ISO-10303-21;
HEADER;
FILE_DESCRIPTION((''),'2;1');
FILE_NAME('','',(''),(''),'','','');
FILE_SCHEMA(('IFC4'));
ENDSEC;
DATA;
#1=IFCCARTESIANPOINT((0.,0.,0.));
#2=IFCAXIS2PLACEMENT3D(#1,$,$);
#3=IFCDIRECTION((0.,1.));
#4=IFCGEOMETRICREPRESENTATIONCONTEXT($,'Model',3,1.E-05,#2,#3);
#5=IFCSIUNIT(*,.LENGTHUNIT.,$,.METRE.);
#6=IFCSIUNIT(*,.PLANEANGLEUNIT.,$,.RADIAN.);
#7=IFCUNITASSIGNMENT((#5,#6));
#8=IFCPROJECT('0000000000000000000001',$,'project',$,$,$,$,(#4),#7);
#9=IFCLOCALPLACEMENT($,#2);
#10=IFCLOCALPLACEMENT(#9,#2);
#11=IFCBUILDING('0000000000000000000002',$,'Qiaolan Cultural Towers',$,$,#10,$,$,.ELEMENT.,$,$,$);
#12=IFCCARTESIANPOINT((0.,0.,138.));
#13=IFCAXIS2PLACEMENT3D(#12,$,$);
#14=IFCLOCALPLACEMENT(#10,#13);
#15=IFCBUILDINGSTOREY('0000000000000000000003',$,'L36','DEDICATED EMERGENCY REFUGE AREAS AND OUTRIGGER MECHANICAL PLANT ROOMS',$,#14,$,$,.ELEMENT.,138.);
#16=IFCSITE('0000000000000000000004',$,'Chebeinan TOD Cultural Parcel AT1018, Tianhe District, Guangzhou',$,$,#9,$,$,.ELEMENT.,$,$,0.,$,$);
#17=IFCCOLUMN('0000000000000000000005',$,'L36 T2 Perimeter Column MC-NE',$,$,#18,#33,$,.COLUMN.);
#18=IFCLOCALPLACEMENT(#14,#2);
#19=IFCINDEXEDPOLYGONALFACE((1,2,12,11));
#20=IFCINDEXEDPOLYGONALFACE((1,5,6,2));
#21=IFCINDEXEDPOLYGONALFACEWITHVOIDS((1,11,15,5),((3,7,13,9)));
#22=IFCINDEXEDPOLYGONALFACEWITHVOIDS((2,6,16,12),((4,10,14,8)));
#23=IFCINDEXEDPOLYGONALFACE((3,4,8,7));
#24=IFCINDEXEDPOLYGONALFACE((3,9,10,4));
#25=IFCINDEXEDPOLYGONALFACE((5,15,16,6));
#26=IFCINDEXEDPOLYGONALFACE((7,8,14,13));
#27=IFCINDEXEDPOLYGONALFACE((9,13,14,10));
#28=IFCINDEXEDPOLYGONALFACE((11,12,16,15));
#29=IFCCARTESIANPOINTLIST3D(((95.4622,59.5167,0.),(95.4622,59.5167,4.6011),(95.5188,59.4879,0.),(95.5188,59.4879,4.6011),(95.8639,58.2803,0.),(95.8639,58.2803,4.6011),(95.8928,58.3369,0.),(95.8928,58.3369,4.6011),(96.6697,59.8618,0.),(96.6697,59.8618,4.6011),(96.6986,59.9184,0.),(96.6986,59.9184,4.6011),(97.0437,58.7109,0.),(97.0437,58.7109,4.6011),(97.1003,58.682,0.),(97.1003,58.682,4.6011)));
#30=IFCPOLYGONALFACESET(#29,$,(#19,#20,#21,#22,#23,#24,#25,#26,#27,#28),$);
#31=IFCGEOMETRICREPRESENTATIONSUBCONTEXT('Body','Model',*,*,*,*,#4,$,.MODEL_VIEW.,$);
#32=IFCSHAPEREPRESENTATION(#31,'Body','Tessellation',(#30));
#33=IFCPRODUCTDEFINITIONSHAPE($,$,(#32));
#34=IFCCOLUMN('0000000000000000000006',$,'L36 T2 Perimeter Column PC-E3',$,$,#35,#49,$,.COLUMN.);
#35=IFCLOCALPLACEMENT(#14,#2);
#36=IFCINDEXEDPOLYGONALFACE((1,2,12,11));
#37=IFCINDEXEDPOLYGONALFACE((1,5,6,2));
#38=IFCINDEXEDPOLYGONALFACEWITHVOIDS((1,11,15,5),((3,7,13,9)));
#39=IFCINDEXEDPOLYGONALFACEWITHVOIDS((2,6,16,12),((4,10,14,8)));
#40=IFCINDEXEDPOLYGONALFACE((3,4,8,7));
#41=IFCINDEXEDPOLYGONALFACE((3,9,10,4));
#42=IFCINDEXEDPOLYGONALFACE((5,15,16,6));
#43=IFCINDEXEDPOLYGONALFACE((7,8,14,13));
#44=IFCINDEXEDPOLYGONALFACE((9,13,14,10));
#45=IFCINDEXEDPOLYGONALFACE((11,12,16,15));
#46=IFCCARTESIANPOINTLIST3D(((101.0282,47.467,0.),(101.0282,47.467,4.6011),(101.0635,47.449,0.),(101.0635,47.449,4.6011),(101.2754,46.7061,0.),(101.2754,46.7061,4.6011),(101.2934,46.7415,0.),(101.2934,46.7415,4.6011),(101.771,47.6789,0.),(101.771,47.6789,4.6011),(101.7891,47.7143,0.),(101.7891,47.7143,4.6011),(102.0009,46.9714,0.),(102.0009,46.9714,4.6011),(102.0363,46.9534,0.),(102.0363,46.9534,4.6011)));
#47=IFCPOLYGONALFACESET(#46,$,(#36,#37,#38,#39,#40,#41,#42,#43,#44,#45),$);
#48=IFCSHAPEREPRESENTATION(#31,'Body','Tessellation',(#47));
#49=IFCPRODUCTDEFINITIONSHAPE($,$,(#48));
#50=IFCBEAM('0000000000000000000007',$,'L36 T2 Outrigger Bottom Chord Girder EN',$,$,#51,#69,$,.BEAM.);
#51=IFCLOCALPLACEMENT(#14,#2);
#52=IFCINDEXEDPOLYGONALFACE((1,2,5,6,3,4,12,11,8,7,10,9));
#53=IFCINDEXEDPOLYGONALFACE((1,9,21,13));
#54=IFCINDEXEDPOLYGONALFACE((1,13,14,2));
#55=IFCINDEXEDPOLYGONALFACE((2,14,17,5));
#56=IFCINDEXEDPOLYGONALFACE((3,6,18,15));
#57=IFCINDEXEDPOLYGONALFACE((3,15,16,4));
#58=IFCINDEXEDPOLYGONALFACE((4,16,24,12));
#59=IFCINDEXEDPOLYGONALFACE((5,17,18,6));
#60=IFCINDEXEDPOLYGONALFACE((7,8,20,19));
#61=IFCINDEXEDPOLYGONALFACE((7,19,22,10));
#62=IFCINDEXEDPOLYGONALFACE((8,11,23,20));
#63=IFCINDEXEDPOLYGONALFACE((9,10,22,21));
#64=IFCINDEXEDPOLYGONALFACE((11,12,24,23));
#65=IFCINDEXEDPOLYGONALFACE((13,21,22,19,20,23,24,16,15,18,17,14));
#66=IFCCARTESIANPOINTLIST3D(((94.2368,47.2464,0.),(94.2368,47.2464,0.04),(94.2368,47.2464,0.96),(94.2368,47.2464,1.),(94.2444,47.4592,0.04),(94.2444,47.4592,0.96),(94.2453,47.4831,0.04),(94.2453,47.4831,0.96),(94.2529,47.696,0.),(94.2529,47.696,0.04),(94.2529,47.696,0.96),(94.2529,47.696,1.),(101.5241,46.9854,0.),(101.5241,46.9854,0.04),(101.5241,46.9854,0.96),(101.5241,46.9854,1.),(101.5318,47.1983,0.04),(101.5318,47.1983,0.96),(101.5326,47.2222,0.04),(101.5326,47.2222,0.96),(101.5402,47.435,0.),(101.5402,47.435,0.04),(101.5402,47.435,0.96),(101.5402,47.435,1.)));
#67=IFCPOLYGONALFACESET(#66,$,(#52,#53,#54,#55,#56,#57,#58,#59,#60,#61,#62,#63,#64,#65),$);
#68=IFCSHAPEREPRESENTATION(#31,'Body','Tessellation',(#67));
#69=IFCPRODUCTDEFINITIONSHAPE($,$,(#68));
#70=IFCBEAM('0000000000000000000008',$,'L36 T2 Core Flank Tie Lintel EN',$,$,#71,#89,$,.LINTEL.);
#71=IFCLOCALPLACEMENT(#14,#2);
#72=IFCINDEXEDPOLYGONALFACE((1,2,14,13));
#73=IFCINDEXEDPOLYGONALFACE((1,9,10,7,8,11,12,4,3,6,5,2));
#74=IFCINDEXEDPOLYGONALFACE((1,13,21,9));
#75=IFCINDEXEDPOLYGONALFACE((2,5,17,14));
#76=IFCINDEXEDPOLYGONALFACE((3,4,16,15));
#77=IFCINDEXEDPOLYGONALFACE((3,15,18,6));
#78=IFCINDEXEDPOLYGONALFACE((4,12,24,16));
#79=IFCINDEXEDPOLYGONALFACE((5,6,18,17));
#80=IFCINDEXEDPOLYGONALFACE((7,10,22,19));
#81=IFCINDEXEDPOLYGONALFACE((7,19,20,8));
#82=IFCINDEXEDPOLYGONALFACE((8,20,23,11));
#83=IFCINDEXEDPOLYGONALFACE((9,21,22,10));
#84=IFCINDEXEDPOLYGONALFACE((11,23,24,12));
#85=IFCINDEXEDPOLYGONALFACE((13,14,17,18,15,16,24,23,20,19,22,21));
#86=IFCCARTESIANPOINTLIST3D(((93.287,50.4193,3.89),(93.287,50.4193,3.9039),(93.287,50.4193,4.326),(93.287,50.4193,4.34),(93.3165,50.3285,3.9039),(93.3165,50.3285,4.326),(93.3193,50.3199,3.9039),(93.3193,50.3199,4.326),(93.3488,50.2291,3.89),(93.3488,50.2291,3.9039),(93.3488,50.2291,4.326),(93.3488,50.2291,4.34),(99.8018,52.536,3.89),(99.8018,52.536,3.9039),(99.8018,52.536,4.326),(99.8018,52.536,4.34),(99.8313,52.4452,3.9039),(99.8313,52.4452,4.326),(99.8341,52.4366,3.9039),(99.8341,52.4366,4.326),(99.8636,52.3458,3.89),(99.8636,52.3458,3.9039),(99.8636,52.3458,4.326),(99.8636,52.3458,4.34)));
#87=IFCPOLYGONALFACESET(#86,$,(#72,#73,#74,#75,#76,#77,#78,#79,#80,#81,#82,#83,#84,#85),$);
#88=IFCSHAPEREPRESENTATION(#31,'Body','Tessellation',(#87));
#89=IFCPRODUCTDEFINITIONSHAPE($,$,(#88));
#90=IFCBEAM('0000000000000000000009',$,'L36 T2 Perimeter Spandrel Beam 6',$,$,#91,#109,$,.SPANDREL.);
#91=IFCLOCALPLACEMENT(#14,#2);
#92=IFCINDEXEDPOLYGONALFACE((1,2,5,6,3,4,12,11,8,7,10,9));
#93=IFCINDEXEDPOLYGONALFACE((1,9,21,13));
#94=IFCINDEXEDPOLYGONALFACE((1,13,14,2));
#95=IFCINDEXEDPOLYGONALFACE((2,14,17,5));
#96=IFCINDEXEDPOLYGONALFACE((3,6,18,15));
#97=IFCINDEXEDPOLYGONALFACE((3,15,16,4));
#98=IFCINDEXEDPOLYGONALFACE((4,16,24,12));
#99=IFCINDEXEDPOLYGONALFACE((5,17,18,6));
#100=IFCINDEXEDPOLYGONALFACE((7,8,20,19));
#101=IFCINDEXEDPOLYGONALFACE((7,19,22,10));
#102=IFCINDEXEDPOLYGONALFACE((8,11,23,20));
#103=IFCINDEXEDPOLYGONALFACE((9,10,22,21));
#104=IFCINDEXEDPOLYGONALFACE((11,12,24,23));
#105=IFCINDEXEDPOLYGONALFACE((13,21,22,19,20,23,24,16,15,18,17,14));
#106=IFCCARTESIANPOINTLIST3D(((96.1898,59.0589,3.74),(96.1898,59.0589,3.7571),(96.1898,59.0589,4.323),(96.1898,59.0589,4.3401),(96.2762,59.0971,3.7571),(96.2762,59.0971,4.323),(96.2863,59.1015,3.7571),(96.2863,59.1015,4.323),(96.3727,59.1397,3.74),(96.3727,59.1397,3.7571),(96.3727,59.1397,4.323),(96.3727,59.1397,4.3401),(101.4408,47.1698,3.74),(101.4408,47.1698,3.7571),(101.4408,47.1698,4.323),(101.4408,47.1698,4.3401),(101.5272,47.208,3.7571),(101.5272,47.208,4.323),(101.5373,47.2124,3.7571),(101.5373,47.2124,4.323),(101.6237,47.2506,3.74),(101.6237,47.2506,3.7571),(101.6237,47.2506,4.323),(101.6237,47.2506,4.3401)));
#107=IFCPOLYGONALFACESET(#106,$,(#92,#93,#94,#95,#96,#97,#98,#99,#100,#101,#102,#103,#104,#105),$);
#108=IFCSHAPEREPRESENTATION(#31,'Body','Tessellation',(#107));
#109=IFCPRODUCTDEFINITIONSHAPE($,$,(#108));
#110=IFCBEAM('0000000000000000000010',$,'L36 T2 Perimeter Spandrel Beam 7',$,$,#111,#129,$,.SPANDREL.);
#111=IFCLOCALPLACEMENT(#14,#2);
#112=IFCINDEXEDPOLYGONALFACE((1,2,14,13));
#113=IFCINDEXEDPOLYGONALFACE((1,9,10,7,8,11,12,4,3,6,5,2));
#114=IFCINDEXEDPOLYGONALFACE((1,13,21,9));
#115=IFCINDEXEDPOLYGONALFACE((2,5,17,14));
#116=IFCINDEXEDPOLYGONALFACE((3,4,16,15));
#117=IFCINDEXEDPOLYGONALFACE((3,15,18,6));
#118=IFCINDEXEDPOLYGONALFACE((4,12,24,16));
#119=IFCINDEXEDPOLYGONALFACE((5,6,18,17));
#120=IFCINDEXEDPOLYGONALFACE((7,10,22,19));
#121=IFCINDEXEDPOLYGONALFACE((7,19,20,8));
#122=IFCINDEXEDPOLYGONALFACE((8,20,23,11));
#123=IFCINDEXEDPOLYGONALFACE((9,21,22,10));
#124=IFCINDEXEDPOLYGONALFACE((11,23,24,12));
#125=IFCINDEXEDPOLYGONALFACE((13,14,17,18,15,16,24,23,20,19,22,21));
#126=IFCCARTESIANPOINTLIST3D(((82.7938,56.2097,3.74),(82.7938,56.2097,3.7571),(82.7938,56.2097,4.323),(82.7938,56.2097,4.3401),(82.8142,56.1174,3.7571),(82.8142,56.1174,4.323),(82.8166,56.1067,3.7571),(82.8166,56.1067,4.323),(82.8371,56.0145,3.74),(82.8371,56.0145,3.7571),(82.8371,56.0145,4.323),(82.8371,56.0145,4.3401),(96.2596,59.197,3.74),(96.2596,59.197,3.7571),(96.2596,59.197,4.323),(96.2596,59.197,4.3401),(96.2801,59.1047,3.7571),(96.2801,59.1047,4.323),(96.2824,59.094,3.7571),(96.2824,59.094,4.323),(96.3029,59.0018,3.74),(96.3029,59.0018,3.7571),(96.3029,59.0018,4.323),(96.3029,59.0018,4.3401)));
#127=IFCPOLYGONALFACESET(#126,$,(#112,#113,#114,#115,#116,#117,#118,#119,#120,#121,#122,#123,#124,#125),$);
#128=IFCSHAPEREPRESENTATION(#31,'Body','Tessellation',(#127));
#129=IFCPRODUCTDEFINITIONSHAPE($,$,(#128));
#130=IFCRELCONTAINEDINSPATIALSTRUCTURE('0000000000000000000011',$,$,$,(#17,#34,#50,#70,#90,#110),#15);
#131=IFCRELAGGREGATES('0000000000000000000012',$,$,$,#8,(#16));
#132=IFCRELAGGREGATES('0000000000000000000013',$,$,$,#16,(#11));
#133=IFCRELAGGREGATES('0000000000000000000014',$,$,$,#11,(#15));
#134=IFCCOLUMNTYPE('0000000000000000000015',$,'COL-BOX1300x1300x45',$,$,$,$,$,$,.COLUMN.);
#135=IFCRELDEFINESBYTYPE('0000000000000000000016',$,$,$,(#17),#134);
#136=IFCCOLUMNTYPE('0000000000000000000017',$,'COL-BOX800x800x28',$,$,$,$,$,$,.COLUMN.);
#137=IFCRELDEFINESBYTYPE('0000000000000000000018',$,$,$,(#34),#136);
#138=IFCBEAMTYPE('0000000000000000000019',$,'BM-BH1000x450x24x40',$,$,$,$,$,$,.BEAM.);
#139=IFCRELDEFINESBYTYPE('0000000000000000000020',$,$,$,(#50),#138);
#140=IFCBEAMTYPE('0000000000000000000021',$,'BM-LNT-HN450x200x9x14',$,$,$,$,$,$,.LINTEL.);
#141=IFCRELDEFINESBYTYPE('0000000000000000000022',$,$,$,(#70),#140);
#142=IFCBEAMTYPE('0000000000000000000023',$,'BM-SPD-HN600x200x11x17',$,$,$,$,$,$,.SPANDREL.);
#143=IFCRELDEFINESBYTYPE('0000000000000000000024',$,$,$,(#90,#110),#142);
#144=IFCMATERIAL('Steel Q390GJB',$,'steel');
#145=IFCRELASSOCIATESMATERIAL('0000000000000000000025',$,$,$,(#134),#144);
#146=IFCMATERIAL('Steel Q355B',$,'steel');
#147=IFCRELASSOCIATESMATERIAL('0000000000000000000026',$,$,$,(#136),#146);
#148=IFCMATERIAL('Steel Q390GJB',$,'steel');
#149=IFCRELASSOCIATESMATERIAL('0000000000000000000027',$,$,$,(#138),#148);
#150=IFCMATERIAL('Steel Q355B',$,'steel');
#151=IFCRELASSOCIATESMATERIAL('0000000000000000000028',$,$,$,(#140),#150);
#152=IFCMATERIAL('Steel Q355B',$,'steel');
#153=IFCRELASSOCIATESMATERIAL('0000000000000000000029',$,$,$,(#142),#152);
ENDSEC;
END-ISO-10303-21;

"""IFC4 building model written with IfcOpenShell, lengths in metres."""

from ifc_helpers import new_model, si_unit, direction, frame, origin, origin_2d, place, context, subcontext, project, spatial, hollow_rectangle, i_section, extrude, material, material_profile, profile_set, type_object, element, save


model = new_model("IFC4")

# Units and contexts
model_context = context("Model", 3, precision=1e-05, world=origin(), true_north=direction((0.0, 1.0)))
body_context = subcontext(model_context, "Body", "Model", "MODEL_VIEW")
ifc_project = project(units=[si_unit("LENGTHUNIT", "METRE"), si_unit("PLANEANGLEUNIT", "RADIAN")], contexts=[model_context])

# Site, building, storey
site_placement = place(None, origin())
site = spatial("IfcSite", under=ifc_project, at=site_placement, Name="Chebeinan TOD Cultural Parcel AT1018, Tianhe District, Guangzhou", CompositionType="ELEMENT", RefElevation=0.0)
building_placement = place(site_placement, origin())
building = spatial("IfcBuilding", under=site, at=building_placement, Name="Qiaolan Cultural Towers", CompositionType="ELEMENT")
storey_placement = place(building_placement, frame((0.0, 0.0, 138.0)))
storey = spatial("IfcBuildingStorey", under=building, at=storey_placement, Name="L36", Description="DEDICATED EMERGENCY REFUGE AREAS AND OUTRIGGER MECHANICAL PLANT ROOMS", CompositionType="ELEMENT", Elevation=138.0)

# Columns
ifc_material_1 = material(Name="Steel Q390GJB", Category="steel")
ifc_material_profile_1 = material_profile(ifc_material_1, hollow_rectangle(XDim=1.3, YDim=1.3, WallThickness=0.0449, at=origin_2d()), Name="BOX1300x1300x45")
ifc_profile_set_1 = profile_set([ifc_material_profile_1], Name="Steel Q390GJB")
column_type_1 = type_object("IfcColumnType", Name="COL-BOX1300x1300x45", PredefinedType="COLUMN", material=ifc_profile_set_1)
column_1_placement = place(storey_placement, frame((96.2812, 59.0994, 0.0), z_axis=(0.0, 0.0, 1.0), x_axis=(0.951057, 0.309017, 0.0)))
element("IfcColumn", 1, at=column_1_placement, inside=storey, type_object=column_type_1, Name="L36 T2 Perimeter Column MC-NE", PredefinedType="COLUMN", context=body_context, shape_type="SweptSolid", body=[
    extrude(hollow_rectangle(XDim=1.3, YDim=1.3, WallThickness=0.0449, at=origin_2d()), origin(), (0.0, 0.0, 1.0), 4.6011),
])
ifc_material_2 = material(Name="Steel Q355B", Category="steel")
ifc_material_profile_2 = material_profile(ifc_material_2, hollow_rectangle(XDim=0.8, YDim=0.8, WallThickness=0.0281, at=origin_2d()), Name="BOX800x800x28")
ifc_profile_set_2 = profile_set([ifc_material_profile_2], Name="Steel Q355B")
column_type_2 = type_object("IfcColumnType", Name="COL-BOX800x800x28", PredefinedType="COLUMN", material=ifc_profile_set_2)
column_2_placement = place(storey_placement, frame((101.5322, 47.2102, 0.0), z_axis=(0.0, 0.0, 1.0), x_axis=(0.951057, 0.309017, 0.0)))
element("IfcColumn", 2, at=column_2_placement, inside=storey, type_object=column_type_2, Name="L36 T2 Perimeter Column PC-E3", PredefinedType="COLUMN", context=body_context, shape_type="SweptSolid", body=[
    extrude(hollow_rectangle(XDim=0.8, YDim=0.8, WallThickness=0.0281, at=origin_2d()), origin(), (0.0, 0.0, 1.0), 4.6011),
])

# Beams
ifc_material_3 = material(Name="Steel Q390GJB", Category="steel")
ifc_material_profile_3 = material_profile(ifc_material_3, i_section(OverallWidth=0.45, OverallDepth=1.0, WebThickness=0.0239, FlangeThickness=0.04, at=origin_2d()), Name="BH1000x450x24x40")
ifc_profile_set_3 = profile_set([ifc_material_profile_3], Name="Steel Q390GJB")
beam_type_1 = type_object("IfcBeamType", Name="BM-BH1000x450x24x40", PredefinedType="BEAM", material=ifc_profile_set_3)
beam_1_placement = place(storey_placement, frame((94.2449, 47.4712, 0.5), z_axis=(0.999359, -0.035791, 0.0), x_axis=(0.035791, 0.999359, 0.0)))
element("IfcBeam", 3, at=beam_1_placement, inside=storey, type_object=beam_type_1, Name="L36 T2 Outrigger Bottom Chord Girder EN", PredefinedType="BEAM", context=body_context, shape_type="SweptSolid", body=[
    extrude(i_section(OverallWidth=0.45, OverallDepth=1.0, WebThickness=0.0239, FlangeThickness=0.04, at=origin_2d()), origin(), (0.0, 0.0, 1.0), 7.292),
])
ifc_material_4 = material(Name="Steel Q355B", Category="steel")
ifc_material_profile_4 = material_profile(ifc_material_4, i_section(OverallWidth=0.2, OverallDepth=0.45, WebThickness=0.009, FlangeThickness=0.0139, at=origin_2d()), Name="HN450x200x9x14")
ifc_profile_set_4 = profile_set([ifc_material_profile_4], Name="Steel Q355B")
beam_type_2 = type_object("IfcBeamType", Name="BM-LNT-HN450x200x9x14", PredefinedType="LINTEL", material=ifc_profile_set_4)
beam_2_placement = place(storey_placement, frame((93.3179, 50.3242, 4.115), z_axis=(0.951062, 0.309001, 0.0), x_axis=(-0.309001, 0.951062, 0.0)))
element("IfcBeam", 4, at=beam_2_placement, inside=storey, type_object=beam_type_2, Name="L36 T2 Core Flank Tie Lintel EN", PredefinedType="LINTEL", context=body_context, shape_type="SweptSolid", body=[
    extrude(i_section(OverallWidth=0.2, OverallDepth=0.45, WebThickness=0.009, FlangeThickness=0.0139, at=origin_2d()), origin(), (0.0, 0.0, 1.0), 6.8501),
])
ifc_material_5 = material(Name="Steel Q355B", Category="steel")
ifc_material_profile_5 = material_profile(ifc_material_5, i_section(OverallWidth=0.2, OverallDepth=0.6001, WebThickness=0.011, FlangeThickness=0.0171, at=origin_2d()), Name="HN600x200x11x17")
ifc_profile_set_5 = profile_set([ifc_material_profile_5], Name="Steel Q355B")
beam_type_3 = type_object("IfcBeamType", Name="BM-SPD-HN600x200x11x17", PredefinedType="SPANDREL", material=ifc_profile_set_5)
beam_3_placement = place(storey_placement, frame((101.5322, 47.2102, 4.04), z_axis=(-0.404011, 0.914754, 0.0), x_axis=(-0.914754, -0.404011, 0.0)))
element("IfcBeam", 5, at=beam_3_placement, inside=storey, type_object=beam_type_3, Name="L36 T2 Perimeter Spandrel Beam 6", PredefinedType="SPANDREL", context=body_context, shape_type="SweptSolid", body=[
    extrude(i_section(OverallWidth=0.2, OverallDepth=0.6001, WebThickness=0.011, FlangeThickness=0.0171, at=origin_2d()), origin(), (0.0, 0.0, 1.0), 12.9971),
])
beam_4_placement = place(storey_placement, frame((96.2812, 59.0994, 4.04), z_axis=(-0.976265, -0.216578, 0.0), x_axis=(0.216578, -0.976265, 0.0)))
element("IfcBeam", 6, at=beam_4_placement, inside=storey, type_object=beam_type_3, Name="L36 T2 Perimeter Spandrel Beam 7", PredefinedType="SPANDREL", context=body_context, shape_type="SweptSolid", body=[
    extrude(i_section(OverallWidth=0.2, OverallDepth=0.6001, WebThickness=0.011, FlangeThickness=0.0171, at=origin_2d()), origin(), (0.0, 0.0, 1.0), 13.7932),
])

save(model, "model.ifc")
